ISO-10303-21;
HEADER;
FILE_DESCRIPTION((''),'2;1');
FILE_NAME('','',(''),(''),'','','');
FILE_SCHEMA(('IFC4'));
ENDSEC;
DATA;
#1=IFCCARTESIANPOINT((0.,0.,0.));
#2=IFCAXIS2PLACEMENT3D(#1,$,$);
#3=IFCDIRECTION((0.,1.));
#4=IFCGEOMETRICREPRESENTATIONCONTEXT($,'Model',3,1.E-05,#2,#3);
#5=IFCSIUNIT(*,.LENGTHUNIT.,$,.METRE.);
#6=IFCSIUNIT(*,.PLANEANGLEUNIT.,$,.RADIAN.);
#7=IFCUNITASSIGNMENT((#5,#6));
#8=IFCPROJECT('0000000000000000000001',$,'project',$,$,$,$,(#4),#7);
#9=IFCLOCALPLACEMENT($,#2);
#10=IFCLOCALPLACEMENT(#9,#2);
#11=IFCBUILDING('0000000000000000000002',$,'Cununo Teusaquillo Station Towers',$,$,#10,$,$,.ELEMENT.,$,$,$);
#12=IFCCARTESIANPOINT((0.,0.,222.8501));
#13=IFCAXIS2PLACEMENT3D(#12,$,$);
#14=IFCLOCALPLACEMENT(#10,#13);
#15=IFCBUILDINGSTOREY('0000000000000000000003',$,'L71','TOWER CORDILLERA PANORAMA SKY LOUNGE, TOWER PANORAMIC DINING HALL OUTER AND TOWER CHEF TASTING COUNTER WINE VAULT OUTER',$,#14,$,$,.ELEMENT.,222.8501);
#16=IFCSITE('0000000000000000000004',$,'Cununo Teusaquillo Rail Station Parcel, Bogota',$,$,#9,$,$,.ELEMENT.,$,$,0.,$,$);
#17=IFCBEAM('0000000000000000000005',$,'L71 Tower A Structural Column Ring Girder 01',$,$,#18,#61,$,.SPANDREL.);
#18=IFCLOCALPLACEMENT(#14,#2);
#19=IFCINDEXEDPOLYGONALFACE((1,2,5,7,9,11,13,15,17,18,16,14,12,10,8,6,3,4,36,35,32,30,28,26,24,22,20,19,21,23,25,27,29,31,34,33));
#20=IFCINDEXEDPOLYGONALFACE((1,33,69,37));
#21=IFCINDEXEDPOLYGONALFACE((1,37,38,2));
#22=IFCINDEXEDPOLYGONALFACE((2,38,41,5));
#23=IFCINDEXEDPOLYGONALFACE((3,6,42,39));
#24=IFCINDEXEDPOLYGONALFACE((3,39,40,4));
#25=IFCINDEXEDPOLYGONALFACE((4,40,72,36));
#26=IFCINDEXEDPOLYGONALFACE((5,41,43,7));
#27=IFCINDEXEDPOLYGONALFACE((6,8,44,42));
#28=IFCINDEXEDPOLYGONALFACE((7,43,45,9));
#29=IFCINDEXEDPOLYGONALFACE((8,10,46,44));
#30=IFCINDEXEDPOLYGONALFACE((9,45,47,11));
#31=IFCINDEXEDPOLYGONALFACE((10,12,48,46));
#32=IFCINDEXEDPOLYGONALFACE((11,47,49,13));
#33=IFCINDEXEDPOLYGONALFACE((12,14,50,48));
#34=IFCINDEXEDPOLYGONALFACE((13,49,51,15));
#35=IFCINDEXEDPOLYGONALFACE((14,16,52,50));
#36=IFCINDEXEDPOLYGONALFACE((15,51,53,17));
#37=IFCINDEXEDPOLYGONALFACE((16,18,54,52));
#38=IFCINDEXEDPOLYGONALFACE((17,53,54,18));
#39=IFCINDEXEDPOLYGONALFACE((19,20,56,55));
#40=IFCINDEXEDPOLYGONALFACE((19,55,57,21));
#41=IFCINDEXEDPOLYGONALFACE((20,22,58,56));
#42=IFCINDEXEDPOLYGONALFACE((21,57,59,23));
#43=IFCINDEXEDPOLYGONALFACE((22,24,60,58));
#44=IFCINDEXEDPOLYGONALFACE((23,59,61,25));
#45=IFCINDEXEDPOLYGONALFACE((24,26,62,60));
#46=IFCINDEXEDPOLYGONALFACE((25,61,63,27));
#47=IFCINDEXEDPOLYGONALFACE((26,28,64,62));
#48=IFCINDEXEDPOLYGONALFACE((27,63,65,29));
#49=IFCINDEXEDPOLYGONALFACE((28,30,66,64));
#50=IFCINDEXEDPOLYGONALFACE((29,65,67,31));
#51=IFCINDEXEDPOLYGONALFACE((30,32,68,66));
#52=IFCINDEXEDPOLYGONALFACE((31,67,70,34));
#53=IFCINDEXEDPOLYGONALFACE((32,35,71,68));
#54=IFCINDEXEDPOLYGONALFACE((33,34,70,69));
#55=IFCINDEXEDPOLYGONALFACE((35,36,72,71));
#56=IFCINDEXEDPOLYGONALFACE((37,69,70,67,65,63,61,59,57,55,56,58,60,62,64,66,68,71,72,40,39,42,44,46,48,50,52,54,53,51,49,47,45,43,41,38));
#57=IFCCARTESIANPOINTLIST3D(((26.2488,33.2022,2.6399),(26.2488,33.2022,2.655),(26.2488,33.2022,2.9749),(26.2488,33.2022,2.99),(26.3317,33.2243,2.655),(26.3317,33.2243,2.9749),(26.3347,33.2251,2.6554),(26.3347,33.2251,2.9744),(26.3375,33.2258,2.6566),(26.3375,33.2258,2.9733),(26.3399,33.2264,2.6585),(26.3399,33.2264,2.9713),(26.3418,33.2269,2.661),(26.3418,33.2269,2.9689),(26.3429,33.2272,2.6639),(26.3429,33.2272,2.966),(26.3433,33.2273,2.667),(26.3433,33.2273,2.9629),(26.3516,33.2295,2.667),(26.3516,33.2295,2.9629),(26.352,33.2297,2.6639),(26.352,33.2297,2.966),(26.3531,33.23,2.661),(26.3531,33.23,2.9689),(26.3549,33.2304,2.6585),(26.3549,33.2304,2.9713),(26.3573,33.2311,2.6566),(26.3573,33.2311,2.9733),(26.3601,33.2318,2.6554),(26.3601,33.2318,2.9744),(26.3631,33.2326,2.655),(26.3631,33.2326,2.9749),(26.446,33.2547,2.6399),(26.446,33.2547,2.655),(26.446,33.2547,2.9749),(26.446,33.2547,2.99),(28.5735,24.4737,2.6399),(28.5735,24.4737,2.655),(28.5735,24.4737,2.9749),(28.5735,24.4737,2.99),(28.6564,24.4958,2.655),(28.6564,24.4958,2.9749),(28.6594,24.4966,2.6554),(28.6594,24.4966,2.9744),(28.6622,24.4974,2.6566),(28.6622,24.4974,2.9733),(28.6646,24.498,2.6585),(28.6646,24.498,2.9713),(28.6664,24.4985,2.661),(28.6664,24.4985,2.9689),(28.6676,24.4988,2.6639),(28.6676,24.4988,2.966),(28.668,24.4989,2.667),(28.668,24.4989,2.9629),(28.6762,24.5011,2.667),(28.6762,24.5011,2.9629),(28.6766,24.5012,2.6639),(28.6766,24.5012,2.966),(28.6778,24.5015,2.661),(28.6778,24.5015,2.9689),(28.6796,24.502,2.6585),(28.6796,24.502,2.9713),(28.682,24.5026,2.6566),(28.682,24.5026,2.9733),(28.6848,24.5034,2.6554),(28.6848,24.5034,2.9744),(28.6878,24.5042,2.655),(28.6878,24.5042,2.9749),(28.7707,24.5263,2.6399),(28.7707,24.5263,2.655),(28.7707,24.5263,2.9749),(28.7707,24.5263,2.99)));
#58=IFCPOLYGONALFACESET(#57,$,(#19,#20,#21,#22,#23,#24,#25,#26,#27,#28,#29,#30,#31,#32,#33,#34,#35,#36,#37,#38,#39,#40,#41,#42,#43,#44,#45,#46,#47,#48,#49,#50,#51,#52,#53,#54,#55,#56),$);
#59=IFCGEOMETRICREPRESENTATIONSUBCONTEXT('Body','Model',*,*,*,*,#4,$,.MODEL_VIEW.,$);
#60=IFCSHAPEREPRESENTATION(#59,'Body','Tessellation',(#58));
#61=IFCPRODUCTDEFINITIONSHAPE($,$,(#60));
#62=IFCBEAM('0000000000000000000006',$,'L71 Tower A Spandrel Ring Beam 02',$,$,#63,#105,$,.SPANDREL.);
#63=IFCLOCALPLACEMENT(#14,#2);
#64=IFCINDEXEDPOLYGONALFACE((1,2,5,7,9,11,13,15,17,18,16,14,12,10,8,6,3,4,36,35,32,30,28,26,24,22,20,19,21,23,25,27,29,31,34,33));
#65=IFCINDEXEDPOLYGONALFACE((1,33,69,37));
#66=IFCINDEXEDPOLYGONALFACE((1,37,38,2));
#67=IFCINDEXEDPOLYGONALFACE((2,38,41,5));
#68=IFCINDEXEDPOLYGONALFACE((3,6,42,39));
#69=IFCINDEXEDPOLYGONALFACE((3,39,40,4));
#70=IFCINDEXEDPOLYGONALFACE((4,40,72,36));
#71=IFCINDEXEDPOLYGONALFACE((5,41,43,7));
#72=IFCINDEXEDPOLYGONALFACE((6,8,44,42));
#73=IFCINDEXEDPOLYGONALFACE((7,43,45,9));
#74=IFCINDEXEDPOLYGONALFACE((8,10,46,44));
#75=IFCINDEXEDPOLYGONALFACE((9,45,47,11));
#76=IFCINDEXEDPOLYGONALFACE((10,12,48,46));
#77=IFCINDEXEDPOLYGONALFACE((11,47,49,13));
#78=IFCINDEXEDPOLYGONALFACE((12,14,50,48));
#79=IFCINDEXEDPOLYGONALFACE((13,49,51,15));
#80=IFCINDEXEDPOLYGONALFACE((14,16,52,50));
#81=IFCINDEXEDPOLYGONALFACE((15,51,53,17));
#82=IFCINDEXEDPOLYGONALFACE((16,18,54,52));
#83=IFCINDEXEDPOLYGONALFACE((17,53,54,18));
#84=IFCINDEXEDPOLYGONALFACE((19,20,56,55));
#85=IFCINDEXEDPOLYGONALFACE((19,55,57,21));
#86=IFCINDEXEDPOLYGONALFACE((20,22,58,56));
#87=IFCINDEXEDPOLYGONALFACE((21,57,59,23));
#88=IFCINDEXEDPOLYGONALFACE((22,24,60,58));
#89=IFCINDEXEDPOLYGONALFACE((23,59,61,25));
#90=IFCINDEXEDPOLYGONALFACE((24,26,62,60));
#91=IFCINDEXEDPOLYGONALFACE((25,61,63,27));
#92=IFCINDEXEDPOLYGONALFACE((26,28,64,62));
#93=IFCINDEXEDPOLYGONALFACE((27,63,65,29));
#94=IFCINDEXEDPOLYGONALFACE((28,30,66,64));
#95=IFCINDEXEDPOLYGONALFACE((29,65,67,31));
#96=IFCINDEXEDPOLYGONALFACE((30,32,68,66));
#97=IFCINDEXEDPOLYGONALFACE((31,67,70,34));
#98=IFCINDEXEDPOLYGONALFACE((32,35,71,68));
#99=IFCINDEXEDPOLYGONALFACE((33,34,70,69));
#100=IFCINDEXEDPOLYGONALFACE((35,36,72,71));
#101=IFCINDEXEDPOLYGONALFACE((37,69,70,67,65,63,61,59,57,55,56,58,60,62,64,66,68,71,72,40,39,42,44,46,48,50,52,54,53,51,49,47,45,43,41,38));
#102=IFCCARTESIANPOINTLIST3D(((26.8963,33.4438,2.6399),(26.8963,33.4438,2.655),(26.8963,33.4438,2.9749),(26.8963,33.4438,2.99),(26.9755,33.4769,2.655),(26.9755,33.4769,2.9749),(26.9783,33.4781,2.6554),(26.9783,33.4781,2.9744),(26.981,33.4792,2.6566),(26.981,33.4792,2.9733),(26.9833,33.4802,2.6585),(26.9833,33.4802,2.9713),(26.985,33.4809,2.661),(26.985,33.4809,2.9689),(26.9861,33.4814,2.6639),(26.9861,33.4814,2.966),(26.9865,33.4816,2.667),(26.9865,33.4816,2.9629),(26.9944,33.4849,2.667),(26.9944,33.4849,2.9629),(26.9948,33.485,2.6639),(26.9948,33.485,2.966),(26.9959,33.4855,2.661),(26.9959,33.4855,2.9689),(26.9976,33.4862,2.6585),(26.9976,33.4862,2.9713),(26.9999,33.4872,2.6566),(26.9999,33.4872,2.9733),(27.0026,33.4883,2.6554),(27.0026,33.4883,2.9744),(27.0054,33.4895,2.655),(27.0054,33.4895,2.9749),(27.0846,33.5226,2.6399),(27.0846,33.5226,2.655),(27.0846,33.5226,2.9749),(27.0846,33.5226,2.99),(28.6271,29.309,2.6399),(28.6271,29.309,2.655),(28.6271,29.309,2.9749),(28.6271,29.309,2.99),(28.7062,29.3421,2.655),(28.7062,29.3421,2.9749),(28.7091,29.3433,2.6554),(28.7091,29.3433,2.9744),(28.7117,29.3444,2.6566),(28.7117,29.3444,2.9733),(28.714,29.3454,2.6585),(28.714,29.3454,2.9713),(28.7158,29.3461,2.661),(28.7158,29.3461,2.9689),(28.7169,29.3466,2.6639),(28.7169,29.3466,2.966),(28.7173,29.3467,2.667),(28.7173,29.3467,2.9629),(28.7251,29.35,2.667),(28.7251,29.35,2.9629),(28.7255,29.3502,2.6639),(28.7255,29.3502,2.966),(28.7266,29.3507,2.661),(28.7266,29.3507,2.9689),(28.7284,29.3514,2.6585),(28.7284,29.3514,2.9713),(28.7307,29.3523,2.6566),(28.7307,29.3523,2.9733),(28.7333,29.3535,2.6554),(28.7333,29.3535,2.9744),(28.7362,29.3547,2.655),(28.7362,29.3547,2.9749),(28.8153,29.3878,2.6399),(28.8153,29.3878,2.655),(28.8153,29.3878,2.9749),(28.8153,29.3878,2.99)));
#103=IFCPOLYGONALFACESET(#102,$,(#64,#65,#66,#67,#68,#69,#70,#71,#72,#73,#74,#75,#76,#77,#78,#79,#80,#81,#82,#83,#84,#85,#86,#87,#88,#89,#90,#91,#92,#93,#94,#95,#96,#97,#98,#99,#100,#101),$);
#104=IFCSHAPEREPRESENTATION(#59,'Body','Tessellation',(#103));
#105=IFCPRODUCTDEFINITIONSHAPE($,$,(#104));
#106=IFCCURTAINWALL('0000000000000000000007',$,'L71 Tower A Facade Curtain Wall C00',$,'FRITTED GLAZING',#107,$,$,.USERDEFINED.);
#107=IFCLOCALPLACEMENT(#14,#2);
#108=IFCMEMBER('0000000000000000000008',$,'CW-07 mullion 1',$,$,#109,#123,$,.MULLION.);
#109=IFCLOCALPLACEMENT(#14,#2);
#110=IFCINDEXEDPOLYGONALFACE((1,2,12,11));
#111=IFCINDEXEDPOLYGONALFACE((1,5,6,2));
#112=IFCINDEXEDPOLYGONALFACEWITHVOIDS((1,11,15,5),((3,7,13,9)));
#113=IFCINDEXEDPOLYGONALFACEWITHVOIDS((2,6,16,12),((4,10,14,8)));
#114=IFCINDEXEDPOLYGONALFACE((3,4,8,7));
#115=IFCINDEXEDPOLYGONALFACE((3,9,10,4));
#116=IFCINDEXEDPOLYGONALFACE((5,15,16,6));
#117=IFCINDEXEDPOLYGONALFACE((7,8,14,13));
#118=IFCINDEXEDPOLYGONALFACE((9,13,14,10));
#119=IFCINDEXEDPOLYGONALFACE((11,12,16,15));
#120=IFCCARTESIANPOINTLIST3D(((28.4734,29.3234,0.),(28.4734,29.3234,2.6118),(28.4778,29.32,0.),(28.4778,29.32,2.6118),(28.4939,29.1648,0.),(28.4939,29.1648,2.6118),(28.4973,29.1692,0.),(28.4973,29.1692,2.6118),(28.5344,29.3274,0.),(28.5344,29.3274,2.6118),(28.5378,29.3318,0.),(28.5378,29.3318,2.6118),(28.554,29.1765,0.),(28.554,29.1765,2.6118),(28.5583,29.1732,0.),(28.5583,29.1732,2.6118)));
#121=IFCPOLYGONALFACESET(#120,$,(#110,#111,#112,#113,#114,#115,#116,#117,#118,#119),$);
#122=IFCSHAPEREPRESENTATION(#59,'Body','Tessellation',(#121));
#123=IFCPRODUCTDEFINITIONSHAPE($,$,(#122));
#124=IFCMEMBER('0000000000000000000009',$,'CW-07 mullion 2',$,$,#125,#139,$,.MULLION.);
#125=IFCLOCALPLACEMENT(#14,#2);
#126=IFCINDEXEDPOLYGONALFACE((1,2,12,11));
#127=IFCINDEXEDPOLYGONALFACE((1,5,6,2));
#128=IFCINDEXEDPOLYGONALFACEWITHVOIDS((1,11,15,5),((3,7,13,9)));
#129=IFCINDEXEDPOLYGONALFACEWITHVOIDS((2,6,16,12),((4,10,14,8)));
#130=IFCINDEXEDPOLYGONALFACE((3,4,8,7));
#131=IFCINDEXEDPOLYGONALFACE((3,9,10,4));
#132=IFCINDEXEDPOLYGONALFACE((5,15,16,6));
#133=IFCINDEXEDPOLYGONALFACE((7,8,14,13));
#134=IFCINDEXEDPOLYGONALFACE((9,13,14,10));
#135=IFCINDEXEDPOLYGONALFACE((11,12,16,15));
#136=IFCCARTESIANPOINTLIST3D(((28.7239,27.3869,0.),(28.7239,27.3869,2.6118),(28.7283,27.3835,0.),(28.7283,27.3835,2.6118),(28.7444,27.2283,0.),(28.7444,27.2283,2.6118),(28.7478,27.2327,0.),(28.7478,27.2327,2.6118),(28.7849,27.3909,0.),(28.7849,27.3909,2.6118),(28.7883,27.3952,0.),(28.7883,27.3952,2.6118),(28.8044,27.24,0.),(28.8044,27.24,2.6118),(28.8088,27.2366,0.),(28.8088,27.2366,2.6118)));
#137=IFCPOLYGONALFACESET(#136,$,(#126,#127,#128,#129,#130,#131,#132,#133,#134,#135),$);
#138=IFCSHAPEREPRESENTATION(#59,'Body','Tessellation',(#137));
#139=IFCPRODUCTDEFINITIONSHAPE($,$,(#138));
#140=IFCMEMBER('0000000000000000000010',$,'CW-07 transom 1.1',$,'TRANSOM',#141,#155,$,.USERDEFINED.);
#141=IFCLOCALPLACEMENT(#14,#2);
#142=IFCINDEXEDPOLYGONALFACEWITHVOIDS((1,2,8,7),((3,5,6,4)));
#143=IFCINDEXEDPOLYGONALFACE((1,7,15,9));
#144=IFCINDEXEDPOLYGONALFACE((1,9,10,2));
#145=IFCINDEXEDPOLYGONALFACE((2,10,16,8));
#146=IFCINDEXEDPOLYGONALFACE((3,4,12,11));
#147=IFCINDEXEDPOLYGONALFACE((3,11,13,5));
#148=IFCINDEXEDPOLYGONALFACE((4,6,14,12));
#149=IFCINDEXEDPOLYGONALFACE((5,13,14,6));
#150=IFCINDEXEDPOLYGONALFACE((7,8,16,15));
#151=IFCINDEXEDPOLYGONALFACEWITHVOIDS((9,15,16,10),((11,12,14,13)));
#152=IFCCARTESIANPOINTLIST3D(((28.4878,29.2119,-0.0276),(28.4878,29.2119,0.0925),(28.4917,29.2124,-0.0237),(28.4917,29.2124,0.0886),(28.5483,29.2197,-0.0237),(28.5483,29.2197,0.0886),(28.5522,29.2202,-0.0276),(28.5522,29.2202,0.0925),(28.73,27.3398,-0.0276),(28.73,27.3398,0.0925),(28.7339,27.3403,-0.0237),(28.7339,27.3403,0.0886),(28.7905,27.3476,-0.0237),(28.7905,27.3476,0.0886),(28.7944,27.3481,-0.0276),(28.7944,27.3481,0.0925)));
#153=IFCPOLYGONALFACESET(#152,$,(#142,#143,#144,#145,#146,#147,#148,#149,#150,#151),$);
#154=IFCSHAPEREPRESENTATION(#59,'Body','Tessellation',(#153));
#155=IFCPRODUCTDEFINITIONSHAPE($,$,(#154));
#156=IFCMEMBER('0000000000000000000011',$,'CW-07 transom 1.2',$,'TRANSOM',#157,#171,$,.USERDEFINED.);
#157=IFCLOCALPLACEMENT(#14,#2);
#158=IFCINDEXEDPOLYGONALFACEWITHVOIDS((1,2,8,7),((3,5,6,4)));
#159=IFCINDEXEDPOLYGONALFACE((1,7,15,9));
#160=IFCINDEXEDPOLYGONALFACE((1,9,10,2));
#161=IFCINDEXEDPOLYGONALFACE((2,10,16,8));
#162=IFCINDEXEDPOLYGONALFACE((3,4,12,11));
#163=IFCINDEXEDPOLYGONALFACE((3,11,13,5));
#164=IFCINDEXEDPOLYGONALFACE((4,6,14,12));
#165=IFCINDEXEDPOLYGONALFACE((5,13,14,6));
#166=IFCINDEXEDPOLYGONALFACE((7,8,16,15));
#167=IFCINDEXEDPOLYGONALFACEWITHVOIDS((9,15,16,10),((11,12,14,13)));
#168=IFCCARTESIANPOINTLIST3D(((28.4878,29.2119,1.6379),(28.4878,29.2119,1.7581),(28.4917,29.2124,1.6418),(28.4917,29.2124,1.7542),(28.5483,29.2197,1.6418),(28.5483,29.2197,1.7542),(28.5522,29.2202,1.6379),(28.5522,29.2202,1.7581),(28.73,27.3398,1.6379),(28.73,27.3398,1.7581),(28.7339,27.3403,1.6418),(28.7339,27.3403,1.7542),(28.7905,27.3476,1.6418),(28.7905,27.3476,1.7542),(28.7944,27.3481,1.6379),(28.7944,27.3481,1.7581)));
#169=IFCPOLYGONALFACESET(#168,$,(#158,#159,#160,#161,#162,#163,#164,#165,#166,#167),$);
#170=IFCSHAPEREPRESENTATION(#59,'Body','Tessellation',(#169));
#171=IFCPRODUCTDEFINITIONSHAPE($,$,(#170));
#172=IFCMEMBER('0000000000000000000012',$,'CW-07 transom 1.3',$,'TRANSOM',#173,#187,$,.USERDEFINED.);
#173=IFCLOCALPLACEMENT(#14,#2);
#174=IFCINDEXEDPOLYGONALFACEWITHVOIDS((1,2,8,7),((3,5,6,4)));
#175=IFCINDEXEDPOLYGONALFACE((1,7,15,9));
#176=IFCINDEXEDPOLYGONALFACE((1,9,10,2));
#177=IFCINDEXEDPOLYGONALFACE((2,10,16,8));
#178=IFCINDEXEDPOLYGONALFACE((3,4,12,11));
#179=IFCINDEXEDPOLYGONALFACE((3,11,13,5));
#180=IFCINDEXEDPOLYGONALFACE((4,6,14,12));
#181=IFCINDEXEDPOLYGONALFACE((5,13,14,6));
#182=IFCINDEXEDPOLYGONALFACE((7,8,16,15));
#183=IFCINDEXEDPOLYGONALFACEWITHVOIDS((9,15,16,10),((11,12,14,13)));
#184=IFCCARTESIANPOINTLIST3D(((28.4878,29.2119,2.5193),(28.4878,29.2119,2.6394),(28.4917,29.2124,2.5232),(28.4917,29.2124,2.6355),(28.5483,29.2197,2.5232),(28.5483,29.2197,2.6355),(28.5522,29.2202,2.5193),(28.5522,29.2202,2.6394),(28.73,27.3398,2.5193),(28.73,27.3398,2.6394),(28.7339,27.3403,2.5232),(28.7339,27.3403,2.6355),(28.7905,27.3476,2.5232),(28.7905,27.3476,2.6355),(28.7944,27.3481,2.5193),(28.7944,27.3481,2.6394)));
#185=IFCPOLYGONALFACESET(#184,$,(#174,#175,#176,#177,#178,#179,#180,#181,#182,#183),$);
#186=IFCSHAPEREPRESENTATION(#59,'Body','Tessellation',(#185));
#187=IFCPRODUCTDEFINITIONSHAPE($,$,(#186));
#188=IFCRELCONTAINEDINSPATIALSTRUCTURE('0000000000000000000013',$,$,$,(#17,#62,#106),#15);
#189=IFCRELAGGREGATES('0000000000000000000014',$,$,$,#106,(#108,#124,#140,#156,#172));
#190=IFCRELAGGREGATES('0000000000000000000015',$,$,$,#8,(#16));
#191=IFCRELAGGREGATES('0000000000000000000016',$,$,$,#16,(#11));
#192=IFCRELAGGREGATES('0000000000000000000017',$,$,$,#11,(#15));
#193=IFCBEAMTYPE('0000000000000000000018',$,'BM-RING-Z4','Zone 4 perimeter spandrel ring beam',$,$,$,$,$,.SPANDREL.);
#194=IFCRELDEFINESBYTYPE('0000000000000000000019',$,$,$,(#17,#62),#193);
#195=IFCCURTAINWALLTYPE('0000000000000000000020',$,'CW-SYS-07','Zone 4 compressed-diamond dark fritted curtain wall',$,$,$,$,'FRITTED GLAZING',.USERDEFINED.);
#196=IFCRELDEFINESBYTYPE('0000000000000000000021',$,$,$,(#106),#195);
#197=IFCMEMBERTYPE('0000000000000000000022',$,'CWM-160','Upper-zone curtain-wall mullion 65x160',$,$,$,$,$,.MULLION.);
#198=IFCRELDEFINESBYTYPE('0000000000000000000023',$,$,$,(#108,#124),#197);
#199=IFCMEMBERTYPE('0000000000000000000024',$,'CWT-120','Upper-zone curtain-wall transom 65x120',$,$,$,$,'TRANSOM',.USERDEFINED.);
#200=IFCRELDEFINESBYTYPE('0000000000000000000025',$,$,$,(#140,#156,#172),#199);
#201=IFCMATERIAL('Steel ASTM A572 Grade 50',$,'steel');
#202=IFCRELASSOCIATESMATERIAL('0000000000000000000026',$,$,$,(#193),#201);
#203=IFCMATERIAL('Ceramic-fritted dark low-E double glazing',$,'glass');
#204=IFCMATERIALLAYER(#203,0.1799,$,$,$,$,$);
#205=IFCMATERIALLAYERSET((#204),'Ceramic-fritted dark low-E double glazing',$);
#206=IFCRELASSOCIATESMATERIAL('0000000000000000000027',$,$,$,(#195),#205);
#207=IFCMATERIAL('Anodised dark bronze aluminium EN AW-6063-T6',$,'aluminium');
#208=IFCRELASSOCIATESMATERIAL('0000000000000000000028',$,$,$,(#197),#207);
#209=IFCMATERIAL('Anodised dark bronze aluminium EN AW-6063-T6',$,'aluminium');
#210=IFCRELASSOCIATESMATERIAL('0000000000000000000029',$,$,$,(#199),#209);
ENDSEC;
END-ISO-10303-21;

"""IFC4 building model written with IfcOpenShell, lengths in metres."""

from ifc_helpers import new_model, si_unit, direction, frame, origin, origin_2d, place, context, subcontext, project, spatial, hollow_rectangle, i_section, extrude, material, layer, layer_set, material_profile, profile_set, type_object, element, aggregate, save


model = new_model("IFC4")

# Units and contexts
model_context = context("Model", 3, precision=1e-05, world=origin(), true_north=direction((0.0, 1.0)))
body_context = subcontext(model_context, "Body", "Model", "MODEL_VIEW")
ifc_project = project(units=[si_unit("LENGTHUNIT", "METRE"), si_unit("PLANEANGLEUNIT", "RADIAN")], contexts=[model_context])

# Site, building, storey
site_placement = place(None, origin())
site = spatial("IfcSite", under=ifc_project, at=site_placement, Name="Cununo Teusaquillo Rail Station Parcel, Bogota", CompositionType="ELEMENT", RefElevation=0.0)
building_placement = place(site_placement, origin())
building = spatial("IfcBuilding", under=site, at=building_placement, Name="Cununo Teusaquillo Station Towers", CompositionType="ELEMENT")
storey_placement = place(building_placement, frame((0.0, 0.0, 222.8501)))
storey = spatial("IfcBuildingStorey", under=building, at=storey_placement, Name="L71", Description="TOWER CORDILLERA PANORAMA SKY LOUNGE, TOWER PANORAMIC DINING HALL OUTER AND TOWER CHEF TASTING COUNTER WINE VAULT OUTER", CompositionType="ELEMENT", Elevation=222.8501)

# Beams
ifc_material_1 = material(Name="Steel ASTM A572 Grade 50", Category="steel")
ifc_material_profile_1 = material_profile(ifc_material_1, i_section(OverallWidth=0.2041, OverallDepth=0.3501, WebThickness=0.0085, FlangeThickness=0.0151, FilletRadius=0.012, at=origin_2d()), Name="W14X48")
ifc_profile_set_1 = profile_set([ifc_material_profile_1], Name="Steel ASTM A572 Grade 50")
beam_type_1 = type_object("IfcBeamType", Name="BM-RING-Z4", Description="Zone 4 perimeter spandrel ring beam", PredefinedType="SPANDREL", material=ifc_profile_set_1)
beam_1_placement = place(storey_placement, frame((28.6721, 24.5, 2.8149), z_axis=(-0.257363, 0.966315, 0.0), x_axis=(-0.966315, -0.257363, 0.0)))
element("IfcBeam", 1, at=beam_1_placement, inside=storey, type_object=beam_type_1, Name="L71 Tower A Structural Column Ring Girder 01", PredefinedType="SPANDREL", context=body_context, shape_type="SweptSolid", body=[
    extrude(i_section(OverallWidth=0.2041, OverallDepth=0.3501, WebThickness=0.0085, FlangeThickness=0.0151, FilletRadius=0.012, at=origin_2d()), origin(), (0.0, 0.0, 1.0), 9.0327),
])
beam_2_placement = place(storey_placement, frame((28.7212, 29.3484, 2.8149), z_axis=(-0.386115, 0.92245, 0.0), x_axis=(-0.92245, -0.386115, 0.0)))
element("IfcBeam", 2, at=beam_2_placement, inside=storey, type_object=beam_type_1, Name="L71 Tower A Spandrel Ring Beam 02", PredefinedType="SPANDREL", context=body_context, shape_type="SweptSolid", body=[
    extrude(i_section(OverallWidth=0.2041, OverallDepth=0.3501, WebThickness=0.0085, FlangeThickness=0.0151, FilletRadius=0.012, at=origin_2d()), origin(), (0.0, 0.0, 1.0), 4.4824),
])

# Curtain wall, members
ifc_material_2 = material(Name="Ceramic-fritted dark low-E double glazing", Category="glass")
ifc_layer_1 = layer(ifc_material_2, 0.1799)
ifc_layer_set_1 = layer_set([ifc_layer_1], Name="Ceramic-fritted dark low-E double glazing")
curtain_wall_type = type_object("IfcCurtainWallType", Name="CW-SYS-07", Description="Zone 4 compressed-diamond dark fritted curtain wall", ElementType="FRITTED GLAZING", PredefinedType="USERDEFINED", material=ifc_layer_set_1)
curtain_wall_placement = place(storey_placement, origin())
curtain_wall = element("IfcCurtainWall", 3, at=curtain_wall_placement, inside=storey, type_object=curtain_wall_type, Name="L71 Tower A Facade Curtain Wall C00", ObjectType="FRITTED GLAZING", PredefinedType="USERDEFINED")
ifc_material_3 = material(Name="Anodised dark bronze aluminium EN AW-6063-T6", Category="aluminium")
ifc_material_profile_2 = material_profile(ifc_material_3, hollow_rectangle(XDim=0.0649, YDim=0.1599, WallThickness=0.0039, at=origin_2d()), Name="CW-MULL-65x160")
ifc_profile_set_2 = profile_set([ifc_material_profile_2], Name="Anodised dark bronze aluminium EN AW-6063-T6")
member_type_1 = type_object("IfcMemberType", Name="CWM-160", Description="Upper-zone curtain-wall mullion 65x160", PredefinedType="MULLION", material=ifc_profile_set_2)
member_1_placement = place(storey_placement, frame((28.5159, 29.2483, 0.0), z_axis=(0.0, 0.0, 1.0), x_axis=(0.991742, 0.128253, 0.0)))
member_1 = element("IfcMember", 4, at=member_1_placement, type_object=member_type_1, Name="CW-07 mullion 1", PredefinedType="MULLION", context=body_context, shape_type="SweptSolid", body=[
    extrude(hollow_rectangle(XDim=0.0649, YDim=0.1599, WallThickness=0.0039, at=origin_2d()), origin(), (0.0, 0.0, 1.0), 2.6118),
])
member_2_placement = place(storey_placement, frame((28.7664, 27.3118, 0.0), z_axis=(0.0, 0.0, 1.0), x_axis=(0.991742, 0.128253, 0.0)))
member_2 = element("IfcMember", 5, at=member_2_placement, type_object=member_type_1, Name="CW-07 mullion 2", PredefinedType="MULLION", context=body_context, shape_type="SweptSolid", body=[
    extrude(hollow_rectangle(XDim=0.0649, YDim=0.1599, WallThickness=0.0039, at=origin_2d()), origin(), (0.0, 0.0, 1.0), 2.6118),
])
ifc_material_4 = material(Name="Anodised dark bronze aluminium EN AW-6063-T6", Category="aluminium")
ifc_material_profile_3 = material_profile(ifc_material_4, hollow_rectangle(XDim=0.0649, YDim=0.1201, WallThickness=0.0039, at=origin_2d()), Name="CW-TRAN-65x120")
ifc_profile_set_3 = profile_set([ifc_material_profile_3], Name="Anodised dark bronze aluminium EN AW-6063-T6")
member_type_2 = type_object("IfcMemberType", Name="CWT-120", Description="Upper-zone curtain-wall transom 65x120", ElementType="TRANSOM", PredefinedType="USERDEFINED", material=ifc_profile_set_3)
member_3_placement = place(storey_placement, frame((28.52, 29.2161, 0.0325), z_axis=(0.1283, -0.991735, 0.0), x_axis=(0.991735, 0.1283, 0.0)))
member_3 = element("IfcMember", 6, at=member_3_placement, type_object=member_type_2, Name="CW-07 transom 1.1", ObjectType="TRANSOM", PredefinedType="USERDEFINED", context=body_context, shape_type="SweptSolid", body=[
    extrude(hollow_rectangle(XDim=0.0649, YDim=0.1201, WallThickness=0.0039, at=origin_2d()), origin(), (0.0, 0.0, 1.0), 1.8877),
])
member_4_placement = place(storey_placement, frame((28.52, 29.2161, 1.698), z_axis=(0.1283, -0.991735, 0.0), x_axis=(0.991735, 0.1283, 0.0)))
member_4 = element("IfcMember", 7, at=member_4_placement, type_object=member_type_2, Name="CW-07 transom 1.2", ObjectType="TRANSOM", PredefinedType="USERDEFINED", context=body_context, shape_type="SweptSolid", body=[
    extrude(hollow_rectangle(XDim=0.0649, YDim=0.1201, WallThickness=0.0039, at=origin_2d()), origin(), (0.0, 0.0, 1.0), 1.8877),
])
member_5_placement = place(storey_placement, frame((28.52, 29.2161, 2.5793), z_axis=(0.1283, -0.991735, 0.0), x_axis=(0.991735, 0.1283, 0.0)))
member_5 = element("IfcMember", 8, at=member_5_placement, type_object=member_type_2, Name="CW-07 transom 1.3", ObjectType="TRANSOM", PredefinedType="USERDEFINED", context=body_context, shape_type="SweptSolid", body=[
    extrude(hollow_rectangle(XDim=0.0649, YDim=0.1201, WallThickness=0.0039, at=origin_2d()), origin(), (0.0, 0.0, 1.0), 1.8877),
])
aggregate(curtain_wall, [member_1, member_2, member_3, member_4, member_5])

save(model, "model.ifc")
